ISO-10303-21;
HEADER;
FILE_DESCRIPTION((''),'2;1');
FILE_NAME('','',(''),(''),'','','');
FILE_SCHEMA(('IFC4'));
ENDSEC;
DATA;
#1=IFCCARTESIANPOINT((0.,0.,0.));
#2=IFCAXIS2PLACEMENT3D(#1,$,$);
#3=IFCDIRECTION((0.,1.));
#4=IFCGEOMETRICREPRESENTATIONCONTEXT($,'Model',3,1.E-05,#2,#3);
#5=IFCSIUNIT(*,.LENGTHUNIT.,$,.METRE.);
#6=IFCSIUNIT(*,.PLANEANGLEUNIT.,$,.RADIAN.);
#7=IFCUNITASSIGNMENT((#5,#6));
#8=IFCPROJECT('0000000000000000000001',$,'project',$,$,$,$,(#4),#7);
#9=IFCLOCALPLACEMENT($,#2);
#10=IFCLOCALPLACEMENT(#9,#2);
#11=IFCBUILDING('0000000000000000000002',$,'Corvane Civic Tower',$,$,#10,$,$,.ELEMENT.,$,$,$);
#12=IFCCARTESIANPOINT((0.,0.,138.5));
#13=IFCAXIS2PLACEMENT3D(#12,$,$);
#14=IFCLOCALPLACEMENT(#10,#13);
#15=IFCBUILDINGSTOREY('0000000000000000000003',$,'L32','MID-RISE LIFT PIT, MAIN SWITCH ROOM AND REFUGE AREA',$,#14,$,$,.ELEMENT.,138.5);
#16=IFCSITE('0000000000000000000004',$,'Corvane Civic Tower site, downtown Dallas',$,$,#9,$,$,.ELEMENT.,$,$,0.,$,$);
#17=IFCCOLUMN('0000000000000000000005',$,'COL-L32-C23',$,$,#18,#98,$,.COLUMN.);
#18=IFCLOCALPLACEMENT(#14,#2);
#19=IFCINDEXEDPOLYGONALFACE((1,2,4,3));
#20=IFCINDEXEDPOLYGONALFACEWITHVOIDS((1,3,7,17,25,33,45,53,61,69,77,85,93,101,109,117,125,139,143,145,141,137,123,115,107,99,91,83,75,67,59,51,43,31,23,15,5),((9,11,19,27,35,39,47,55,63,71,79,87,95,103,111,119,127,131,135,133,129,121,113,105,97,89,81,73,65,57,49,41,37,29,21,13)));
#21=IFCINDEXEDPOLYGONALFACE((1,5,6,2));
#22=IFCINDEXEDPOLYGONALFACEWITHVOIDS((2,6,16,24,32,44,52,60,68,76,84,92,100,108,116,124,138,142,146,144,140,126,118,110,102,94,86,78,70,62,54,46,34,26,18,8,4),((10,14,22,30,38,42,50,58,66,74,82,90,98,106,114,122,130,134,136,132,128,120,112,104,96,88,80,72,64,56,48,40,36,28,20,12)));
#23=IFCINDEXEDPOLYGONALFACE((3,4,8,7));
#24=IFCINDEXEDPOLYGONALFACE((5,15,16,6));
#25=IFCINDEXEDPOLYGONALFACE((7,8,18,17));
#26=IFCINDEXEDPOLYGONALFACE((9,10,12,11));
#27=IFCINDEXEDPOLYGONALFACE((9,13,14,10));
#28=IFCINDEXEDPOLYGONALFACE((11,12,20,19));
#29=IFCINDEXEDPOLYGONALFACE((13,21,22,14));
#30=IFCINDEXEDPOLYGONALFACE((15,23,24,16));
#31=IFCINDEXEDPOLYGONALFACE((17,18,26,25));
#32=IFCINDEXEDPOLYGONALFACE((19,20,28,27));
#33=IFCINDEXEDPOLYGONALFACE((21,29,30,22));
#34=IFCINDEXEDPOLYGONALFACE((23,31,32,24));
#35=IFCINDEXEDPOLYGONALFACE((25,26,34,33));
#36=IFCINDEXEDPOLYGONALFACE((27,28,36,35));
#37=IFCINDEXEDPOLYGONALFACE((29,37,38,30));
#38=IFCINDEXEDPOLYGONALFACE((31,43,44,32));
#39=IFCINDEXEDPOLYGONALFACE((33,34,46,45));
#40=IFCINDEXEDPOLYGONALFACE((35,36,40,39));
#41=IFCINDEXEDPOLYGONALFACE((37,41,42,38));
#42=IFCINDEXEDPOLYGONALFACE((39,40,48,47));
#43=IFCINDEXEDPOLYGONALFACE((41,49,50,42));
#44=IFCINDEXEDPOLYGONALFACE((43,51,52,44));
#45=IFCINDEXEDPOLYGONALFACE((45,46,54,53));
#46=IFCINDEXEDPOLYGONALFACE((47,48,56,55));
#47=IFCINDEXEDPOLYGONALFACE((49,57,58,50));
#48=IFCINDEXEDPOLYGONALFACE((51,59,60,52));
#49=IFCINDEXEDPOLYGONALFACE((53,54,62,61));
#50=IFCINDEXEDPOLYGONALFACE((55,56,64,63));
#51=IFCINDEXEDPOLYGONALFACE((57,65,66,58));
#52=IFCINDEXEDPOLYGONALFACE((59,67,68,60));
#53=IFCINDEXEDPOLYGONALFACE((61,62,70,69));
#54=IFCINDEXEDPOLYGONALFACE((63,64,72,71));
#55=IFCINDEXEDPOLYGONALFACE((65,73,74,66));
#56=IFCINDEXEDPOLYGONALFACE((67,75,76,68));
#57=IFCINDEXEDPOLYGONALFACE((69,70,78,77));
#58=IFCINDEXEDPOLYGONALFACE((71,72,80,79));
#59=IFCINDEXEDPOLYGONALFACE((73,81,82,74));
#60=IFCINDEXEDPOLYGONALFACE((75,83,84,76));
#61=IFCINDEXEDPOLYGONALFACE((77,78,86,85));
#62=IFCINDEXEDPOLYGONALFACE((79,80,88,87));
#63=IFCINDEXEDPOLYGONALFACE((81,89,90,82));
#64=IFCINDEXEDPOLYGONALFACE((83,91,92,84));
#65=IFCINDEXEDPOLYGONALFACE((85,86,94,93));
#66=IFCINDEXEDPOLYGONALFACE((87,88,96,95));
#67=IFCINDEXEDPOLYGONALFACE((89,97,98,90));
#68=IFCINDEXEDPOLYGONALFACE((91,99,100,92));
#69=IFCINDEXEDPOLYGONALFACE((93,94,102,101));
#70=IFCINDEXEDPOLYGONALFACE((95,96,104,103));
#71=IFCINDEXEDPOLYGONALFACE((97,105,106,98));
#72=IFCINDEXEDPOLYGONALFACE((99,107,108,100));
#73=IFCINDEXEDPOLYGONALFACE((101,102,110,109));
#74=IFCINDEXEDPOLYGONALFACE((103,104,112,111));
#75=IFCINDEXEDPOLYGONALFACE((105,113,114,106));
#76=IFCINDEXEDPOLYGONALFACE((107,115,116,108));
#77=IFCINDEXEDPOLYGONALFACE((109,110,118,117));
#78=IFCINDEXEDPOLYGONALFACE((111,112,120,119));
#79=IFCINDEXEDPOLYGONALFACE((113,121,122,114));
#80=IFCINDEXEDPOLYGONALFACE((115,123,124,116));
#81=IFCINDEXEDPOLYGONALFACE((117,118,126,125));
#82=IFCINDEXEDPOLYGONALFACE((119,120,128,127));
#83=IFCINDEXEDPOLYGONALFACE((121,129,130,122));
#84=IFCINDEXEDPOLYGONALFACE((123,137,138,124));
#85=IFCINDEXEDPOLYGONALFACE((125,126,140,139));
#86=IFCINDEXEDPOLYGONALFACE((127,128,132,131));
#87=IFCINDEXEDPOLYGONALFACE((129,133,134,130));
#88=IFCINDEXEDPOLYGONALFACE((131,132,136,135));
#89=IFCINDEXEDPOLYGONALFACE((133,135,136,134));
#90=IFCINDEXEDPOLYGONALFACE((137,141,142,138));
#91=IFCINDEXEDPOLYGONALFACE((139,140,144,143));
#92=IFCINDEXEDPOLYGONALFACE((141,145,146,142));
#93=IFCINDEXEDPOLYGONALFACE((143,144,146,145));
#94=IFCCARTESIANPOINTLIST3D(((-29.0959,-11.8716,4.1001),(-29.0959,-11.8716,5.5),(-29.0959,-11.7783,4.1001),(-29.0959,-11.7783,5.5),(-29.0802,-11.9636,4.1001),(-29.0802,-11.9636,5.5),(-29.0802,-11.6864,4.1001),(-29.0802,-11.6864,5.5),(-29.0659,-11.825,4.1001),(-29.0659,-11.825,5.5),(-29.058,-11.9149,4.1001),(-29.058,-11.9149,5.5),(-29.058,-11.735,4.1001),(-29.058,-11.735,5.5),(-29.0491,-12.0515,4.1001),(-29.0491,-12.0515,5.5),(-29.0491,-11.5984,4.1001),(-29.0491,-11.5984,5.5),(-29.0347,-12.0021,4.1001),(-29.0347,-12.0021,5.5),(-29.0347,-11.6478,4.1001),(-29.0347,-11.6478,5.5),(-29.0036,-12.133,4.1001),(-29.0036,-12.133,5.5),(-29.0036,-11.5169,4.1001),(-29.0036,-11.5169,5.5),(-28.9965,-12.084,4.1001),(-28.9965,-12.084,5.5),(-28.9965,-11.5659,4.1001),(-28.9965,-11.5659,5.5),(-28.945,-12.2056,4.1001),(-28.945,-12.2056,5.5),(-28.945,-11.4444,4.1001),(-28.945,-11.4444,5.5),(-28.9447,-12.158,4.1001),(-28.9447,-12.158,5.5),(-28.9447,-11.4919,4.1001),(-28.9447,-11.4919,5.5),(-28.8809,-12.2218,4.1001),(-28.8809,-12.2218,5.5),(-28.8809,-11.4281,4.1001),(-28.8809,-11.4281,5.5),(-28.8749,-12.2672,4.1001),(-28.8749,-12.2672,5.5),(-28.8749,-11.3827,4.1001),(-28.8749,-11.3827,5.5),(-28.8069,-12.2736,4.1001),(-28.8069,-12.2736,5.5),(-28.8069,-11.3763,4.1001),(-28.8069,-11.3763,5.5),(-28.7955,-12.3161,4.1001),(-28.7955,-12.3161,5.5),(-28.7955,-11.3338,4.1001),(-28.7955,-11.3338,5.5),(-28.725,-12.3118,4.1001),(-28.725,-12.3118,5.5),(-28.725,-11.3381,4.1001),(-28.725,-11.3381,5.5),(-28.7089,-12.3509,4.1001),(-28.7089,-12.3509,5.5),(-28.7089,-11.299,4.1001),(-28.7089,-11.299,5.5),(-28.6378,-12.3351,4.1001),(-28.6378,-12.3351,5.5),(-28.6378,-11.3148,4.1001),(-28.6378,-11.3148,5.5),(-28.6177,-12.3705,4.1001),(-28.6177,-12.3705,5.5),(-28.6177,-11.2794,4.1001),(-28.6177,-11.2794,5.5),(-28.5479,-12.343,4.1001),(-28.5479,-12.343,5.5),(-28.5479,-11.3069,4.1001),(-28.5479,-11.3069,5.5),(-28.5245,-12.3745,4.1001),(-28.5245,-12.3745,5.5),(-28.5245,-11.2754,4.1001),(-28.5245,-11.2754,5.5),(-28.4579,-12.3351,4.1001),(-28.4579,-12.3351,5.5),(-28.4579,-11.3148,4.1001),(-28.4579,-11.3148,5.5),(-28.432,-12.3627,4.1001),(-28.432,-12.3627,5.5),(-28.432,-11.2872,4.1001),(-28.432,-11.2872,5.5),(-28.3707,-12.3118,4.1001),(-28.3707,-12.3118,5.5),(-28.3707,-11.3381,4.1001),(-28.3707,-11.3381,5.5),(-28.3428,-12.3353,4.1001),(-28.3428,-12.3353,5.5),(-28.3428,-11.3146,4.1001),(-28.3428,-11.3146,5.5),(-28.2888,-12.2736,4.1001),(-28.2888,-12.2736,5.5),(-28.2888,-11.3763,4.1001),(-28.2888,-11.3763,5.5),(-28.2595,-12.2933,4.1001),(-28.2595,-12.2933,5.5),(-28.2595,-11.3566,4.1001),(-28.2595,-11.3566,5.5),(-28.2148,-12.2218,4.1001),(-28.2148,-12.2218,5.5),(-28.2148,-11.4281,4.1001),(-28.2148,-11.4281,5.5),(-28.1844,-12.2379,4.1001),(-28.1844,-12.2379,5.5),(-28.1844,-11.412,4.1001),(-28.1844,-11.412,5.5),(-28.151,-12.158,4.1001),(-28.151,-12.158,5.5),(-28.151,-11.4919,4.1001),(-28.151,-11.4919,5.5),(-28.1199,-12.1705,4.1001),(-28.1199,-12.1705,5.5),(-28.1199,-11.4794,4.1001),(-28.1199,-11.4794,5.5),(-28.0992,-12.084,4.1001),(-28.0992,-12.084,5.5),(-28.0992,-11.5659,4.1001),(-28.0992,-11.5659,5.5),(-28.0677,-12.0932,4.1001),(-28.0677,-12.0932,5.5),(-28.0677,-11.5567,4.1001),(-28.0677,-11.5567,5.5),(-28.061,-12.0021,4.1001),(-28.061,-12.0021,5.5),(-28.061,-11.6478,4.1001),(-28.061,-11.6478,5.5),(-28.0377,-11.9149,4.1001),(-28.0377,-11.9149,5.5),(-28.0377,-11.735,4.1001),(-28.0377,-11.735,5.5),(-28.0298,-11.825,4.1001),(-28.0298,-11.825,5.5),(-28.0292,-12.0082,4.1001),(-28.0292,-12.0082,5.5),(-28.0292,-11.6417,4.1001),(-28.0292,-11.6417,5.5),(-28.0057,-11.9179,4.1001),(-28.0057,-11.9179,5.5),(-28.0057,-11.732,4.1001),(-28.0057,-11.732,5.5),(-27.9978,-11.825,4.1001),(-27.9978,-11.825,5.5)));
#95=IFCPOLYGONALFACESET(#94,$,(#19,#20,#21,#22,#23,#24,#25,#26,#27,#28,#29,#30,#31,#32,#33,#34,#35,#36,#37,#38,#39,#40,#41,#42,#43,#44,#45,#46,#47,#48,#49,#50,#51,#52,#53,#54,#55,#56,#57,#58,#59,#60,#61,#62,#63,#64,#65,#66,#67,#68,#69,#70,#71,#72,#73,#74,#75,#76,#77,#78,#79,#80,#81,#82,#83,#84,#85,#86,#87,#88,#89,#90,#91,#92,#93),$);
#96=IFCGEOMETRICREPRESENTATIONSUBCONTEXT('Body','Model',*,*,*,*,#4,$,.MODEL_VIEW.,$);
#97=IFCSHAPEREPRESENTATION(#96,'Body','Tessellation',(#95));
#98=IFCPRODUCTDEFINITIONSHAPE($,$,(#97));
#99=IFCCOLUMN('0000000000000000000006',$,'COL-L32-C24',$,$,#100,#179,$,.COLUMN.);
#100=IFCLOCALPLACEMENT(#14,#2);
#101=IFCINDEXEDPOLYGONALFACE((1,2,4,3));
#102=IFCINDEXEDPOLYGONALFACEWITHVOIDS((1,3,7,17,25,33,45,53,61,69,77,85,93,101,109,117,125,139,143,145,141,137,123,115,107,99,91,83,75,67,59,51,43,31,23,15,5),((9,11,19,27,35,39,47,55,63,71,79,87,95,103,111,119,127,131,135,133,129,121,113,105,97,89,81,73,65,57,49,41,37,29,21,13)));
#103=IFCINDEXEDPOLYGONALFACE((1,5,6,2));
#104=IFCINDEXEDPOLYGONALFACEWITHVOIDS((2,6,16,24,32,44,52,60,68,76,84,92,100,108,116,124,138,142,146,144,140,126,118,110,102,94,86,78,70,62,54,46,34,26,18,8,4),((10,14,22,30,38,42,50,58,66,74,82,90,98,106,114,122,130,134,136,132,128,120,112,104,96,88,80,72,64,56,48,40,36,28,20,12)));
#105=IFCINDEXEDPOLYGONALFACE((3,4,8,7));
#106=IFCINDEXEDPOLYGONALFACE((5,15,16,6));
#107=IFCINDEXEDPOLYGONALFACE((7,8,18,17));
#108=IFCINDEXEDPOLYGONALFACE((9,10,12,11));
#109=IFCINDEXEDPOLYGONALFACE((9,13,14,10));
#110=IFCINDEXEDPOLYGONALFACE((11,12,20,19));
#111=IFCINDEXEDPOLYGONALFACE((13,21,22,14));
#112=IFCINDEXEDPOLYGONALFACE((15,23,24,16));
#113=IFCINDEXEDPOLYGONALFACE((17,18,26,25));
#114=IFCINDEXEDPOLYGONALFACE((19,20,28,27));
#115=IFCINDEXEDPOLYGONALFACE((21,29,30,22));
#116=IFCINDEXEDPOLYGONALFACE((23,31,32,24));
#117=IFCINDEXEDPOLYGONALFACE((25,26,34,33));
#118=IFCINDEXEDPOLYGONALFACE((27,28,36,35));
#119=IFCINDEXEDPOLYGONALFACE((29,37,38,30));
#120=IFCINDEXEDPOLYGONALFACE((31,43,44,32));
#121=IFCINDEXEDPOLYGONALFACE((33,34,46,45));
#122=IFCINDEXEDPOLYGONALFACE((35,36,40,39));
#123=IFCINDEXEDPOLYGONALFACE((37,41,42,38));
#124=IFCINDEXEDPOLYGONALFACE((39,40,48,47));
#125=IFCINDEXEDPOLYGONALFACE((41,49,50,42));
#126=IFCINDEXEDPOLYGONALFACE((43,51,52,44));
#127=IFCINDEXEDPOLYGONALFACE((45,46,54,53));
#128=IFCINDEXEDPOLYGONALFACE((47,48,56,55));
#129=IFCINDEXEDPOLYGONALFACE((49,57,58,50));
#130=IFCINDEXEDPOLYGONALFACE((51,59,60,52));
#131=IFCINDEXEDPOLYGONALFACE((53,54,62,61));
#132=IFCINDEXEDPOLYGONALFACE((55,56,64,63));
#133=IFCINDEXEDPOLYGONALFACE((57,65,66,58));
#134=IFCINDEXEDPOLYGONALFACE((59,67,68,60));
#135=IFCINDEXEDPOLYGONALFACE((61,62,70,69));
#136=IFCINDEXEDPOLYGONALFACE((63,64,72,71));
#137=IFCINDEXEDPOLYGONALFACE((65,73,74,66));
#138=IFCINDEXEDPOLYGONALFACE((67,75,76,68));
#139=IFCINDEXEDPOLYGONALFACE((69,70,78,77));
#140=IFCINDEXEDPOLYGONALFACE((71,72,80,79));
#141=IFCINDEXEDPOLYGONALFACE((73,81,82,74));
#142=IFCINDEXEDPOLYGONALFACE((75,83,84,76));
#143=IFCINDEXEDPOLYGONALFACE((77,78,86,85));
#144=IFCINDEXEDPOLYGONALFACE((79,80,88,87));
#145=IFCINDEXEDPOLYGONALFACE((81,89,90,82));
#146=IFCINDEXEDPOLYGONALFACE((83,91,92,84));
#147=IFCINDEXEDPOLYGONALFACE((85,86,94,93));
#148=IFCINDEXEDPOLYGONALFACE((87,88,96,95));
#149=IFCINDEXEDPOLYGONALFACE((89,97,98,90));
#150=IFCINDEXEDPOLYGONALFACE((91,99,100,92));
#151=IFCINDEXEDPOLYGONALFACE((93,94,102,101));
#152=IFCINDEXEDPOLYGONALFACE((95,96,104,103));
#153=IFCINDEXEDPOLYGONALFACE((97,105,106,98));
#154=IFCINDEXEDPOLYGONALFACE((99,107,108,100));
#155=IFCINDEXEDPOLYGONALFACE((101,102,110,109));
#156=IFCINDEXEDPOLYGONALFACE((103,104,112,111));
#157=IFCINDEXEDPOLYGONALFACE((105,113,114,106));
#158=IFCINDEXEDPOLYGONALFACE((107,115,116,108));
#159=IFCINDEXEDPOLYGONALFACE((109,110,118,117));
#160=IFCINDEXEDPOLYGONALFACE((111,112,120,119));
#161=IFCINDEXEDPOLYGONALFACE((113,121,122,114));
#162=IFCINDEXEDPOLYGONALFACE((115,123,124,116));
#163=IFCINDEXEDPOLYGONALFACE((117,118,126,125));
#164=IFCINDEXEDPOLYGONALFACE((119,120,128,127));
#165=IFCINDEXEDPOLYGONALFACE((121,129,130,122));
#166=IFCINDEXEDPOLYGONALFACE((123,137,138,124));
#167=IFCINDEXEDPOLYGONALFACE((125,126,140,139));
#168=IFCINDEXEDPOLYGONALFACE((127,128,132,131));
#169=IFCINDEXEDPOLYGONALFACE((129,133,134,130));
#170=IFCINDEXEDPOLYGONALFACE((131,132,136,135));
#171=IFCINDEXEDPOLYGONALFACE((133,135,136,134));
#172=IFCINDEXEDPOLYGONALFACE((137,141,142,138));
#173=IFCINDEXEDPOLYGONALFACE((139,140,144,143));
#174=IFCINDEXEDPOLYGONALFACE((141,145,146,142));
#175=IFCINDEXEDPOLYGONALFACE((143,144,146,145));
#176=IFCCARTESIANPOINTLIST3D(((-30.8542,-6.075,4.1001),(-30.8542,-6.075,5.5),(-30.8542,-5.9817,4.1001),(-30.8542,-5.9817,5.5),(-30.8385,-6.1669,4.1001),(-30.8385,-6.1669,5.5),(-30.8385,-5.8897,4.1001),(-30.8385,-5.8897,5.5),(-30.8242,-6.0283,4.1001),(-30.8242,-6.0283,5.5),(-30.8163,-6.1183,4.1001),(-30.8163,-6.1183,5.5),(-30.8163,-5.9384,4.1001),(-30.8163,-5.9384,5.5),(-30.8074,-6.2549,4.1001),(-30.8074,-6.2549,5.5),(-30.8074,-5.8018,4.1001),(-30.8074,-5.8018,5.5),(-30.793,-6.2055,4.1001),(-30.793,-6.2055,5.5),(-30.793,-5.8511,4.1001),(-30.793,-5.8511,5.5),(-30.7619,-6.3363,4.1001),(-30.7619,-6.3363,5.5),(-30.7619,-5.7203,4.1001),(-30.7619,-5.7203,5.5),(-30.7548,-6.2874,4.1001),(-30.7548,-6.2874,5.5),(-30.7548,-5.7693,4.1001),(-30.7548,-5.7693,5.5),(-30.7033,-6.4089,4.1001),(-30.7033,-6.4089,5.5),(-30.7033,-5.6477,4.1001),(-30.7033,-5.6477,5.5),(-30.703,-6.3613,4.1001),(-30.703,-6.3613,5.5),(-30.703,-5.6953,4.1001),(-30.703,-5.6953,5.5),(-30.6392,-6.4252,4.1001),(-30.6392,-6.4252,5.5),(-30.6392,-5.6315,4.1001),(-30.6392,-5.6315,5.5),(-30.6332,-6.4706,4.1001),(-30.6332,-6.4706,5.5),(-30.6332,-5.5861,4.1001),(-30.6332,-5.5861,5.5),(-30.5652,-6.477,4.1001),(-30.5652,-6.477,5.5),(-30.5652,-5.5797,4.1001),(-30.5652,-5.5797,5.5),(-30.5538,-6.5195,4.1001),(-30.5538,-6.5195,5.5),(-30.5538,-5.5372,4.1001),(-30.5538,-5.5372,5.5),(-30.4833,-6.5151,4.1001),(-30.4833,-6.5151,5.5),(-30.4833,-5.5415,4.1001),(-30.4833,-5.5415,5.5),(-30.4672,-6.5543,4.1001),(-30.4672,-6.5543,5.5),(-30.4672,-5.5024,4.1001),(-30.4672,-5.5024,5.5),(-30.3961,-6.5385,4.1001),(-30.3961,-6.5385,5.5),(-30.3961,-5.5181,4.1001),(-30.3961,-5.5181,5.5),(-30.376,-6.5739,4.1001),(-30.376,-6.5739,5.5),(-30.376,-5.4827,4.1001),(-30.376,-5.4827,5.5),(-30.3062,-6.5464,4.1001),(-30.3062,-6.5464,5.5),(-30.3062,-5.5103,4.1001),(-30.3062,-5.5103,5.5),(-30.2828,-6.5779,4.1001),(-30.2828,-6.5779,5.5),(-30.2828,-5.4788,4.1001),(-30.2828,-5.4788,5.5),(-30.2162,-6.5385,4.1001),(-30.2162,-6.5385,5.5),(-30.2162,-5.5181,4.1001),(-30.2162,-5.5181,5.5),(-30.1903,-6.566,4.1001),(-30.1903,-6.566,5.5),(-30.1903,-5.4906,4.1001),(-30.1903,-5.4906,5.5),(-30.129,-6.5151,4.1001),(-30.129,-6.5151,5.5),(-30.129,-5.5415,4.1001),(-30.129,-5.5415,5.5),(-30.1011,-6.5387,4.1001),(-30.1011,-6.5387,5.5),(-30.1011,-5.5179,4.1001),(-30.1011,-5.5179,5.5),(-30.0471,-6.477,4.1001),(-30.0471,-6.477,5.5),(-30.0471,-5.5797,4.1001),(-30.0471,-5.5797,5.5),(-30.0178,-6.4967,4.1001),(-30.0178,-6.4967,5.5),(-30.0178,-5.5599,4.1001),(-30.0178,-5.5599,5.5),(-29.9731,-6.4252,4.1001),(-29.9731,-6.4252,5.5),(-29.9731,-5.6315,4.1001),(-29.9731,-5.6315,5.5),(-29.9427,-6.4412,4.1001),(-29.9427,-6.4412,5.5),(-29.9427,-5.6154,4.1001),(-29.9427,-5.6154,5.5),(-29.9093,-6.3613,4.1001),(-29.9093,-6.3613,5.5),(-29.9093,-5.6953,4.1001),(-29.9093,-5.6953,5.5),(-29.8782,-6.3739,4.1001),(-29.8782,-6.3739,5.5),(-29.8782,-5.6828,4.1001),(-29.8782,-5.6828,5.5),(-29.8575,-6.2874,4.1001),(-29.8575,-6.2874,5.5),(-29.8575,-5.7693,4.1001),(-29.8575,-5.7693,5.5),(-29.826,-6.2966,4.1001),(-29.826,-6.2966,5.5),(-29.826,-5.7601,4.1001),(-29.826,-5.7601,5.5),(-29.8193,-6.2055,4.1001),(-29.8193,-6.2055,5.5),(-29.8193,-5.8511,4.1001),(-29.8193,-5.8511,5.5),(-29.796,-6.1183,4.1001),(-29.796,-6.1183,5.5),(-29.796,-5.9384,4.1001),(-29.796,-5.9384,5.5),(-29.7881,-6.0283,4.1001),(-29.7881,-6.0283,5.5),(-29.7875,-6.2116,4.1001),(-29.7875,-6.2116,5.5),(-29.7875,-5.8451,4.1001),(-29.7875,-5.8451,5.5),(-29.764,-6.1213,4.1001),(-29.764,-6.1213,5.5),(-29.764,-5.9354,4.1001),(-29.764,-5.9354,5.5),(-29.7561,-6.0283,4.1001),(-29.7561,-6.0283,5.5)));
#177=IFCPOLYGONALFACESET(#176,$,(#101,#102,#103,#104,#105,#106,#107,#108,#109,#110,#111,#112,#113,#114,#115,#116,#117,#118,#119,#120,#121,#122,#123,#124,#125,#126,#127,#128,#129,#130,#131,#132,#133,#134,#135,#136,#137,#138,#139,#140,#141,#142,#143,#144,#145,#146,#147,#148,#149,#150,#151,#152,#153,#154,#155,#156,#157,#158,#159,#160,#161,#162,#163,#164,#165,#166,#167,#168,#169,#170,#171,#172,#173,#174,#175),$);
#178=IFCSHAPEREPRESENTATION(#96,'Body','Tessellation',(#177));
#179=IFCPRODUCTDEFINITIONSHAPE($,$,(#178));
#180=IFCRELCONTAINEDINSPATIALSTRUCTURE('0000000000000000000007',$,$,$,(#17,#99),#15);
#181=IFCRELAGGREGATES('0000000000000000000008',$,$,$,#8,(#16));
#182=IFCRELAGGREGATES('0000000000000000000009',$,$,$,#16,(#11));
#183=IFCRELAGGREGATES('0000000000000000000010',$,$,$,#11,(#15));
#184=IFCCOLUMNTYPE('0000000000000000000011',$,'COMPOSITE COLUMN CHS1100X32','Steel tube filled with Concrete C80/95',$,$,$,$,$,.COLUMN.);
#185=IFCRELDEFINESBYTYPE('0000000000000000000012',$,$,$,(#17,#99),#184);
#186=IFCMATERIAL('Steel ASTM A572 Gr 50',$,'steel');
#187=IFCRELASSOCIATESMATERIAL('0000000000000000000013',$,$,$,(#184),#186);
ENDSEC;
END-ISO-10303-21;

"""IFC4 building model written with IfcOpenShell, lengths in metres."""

from ifc_helpers import new_model, si_unit, direction, frame, origin, origin_2d, place, context, subcontext, project, spatial, hollow_circle, extrude, material, material_profile, profile_set, type_object, element, save


model = new_model("IFC4")

# Units and contexts
model_context = context("Model", 3, precision=1e-05, world=origin(), true_north=direction((0.0, 1.0)))
body_context = subcontext(model_context, "Body", "Model", "MODEL_VIEW")
ifc_project = project(units=[si_unit("LENGTHUNIT", "METRE"), si_unit("PLANEANGLEUNIT", "RADIAN")], contexts=[model_context])

# Site, building, storey
site_placement = place(None, origin())
site = spatial("IfcSite", under=ifc_project, at=site_placement, Name="Corvane Civic Tower site, downtown Dallas", CompositionType="ELEMENT", RefElevation=0.0)
building_placement = place(site_placement, origin())
building = spatial("IfcBuilding", under=site, at=building_placement, Name="Corvane Civic Tower", CompositionType="ELEMENT")
storey_placement = place(building_placement, frame((0.0, 0.0, 138.5)))
storey = spatial("IfcBuildingStorey", under=building, at=storey_placement, Name="L32", Description="MID-RISE LIFT PIT, MAIN SWITCH ROOM AND REFUGE AREA", CompositionType="ELEMENT", Elevation=138.5)

# Columns
ifc_material_1 = material(Name="Steel ASTM A572 Gr 50", Category="steel")
ifc_material_profile_1 = material_profile(ifc_material_1, hollow_circle(Radius=0.55, WallThickness=0.032, at=origin_2d()), Name="CHS1100X32")
ifc_profile_set_1 = profile_set([ifc_material_profile_1], Name="Steel ASTM A572 Gr 50")
column_type_1 = type_object("IfcColumnType", Name="COMPOSITE COLUMN CHS1100X32", Description="Steel tube filled with Concrete C80/95", PredefinedType="COLUMN", material=ifc_profile_set_1)
for number, where, z_axis, x_axis, name in (
    (1, (-28.5479, -11.825, 4.1001), (0.0, 0.0, 1.0), (1.0, 0.0, 0.0), "COL-L32-C23"),
    (2, (-30.3062, -6.0283, 4.1001), (0.0, 0.0, 1.0), (1.0, 0.0, 0.0), "COL-L32-C24"),
):
    element("IfcColumn", number, at=place(storey_placement, frame(where, z_axis=z_axis, x_axis=x_axis)), inside=storey, type_object=column_type_1, Name=name, PredefinedType="COLUMN", context=body_context, shape_type="SweptSolid", body=[
        extrude(hollow_circle(Radius=0.55, WallThickness=0.032, at=origin_2d()), origin(), (0.0, 0.0, 1.0), 1.3999),
    ])

save(model, "model.ifc")
